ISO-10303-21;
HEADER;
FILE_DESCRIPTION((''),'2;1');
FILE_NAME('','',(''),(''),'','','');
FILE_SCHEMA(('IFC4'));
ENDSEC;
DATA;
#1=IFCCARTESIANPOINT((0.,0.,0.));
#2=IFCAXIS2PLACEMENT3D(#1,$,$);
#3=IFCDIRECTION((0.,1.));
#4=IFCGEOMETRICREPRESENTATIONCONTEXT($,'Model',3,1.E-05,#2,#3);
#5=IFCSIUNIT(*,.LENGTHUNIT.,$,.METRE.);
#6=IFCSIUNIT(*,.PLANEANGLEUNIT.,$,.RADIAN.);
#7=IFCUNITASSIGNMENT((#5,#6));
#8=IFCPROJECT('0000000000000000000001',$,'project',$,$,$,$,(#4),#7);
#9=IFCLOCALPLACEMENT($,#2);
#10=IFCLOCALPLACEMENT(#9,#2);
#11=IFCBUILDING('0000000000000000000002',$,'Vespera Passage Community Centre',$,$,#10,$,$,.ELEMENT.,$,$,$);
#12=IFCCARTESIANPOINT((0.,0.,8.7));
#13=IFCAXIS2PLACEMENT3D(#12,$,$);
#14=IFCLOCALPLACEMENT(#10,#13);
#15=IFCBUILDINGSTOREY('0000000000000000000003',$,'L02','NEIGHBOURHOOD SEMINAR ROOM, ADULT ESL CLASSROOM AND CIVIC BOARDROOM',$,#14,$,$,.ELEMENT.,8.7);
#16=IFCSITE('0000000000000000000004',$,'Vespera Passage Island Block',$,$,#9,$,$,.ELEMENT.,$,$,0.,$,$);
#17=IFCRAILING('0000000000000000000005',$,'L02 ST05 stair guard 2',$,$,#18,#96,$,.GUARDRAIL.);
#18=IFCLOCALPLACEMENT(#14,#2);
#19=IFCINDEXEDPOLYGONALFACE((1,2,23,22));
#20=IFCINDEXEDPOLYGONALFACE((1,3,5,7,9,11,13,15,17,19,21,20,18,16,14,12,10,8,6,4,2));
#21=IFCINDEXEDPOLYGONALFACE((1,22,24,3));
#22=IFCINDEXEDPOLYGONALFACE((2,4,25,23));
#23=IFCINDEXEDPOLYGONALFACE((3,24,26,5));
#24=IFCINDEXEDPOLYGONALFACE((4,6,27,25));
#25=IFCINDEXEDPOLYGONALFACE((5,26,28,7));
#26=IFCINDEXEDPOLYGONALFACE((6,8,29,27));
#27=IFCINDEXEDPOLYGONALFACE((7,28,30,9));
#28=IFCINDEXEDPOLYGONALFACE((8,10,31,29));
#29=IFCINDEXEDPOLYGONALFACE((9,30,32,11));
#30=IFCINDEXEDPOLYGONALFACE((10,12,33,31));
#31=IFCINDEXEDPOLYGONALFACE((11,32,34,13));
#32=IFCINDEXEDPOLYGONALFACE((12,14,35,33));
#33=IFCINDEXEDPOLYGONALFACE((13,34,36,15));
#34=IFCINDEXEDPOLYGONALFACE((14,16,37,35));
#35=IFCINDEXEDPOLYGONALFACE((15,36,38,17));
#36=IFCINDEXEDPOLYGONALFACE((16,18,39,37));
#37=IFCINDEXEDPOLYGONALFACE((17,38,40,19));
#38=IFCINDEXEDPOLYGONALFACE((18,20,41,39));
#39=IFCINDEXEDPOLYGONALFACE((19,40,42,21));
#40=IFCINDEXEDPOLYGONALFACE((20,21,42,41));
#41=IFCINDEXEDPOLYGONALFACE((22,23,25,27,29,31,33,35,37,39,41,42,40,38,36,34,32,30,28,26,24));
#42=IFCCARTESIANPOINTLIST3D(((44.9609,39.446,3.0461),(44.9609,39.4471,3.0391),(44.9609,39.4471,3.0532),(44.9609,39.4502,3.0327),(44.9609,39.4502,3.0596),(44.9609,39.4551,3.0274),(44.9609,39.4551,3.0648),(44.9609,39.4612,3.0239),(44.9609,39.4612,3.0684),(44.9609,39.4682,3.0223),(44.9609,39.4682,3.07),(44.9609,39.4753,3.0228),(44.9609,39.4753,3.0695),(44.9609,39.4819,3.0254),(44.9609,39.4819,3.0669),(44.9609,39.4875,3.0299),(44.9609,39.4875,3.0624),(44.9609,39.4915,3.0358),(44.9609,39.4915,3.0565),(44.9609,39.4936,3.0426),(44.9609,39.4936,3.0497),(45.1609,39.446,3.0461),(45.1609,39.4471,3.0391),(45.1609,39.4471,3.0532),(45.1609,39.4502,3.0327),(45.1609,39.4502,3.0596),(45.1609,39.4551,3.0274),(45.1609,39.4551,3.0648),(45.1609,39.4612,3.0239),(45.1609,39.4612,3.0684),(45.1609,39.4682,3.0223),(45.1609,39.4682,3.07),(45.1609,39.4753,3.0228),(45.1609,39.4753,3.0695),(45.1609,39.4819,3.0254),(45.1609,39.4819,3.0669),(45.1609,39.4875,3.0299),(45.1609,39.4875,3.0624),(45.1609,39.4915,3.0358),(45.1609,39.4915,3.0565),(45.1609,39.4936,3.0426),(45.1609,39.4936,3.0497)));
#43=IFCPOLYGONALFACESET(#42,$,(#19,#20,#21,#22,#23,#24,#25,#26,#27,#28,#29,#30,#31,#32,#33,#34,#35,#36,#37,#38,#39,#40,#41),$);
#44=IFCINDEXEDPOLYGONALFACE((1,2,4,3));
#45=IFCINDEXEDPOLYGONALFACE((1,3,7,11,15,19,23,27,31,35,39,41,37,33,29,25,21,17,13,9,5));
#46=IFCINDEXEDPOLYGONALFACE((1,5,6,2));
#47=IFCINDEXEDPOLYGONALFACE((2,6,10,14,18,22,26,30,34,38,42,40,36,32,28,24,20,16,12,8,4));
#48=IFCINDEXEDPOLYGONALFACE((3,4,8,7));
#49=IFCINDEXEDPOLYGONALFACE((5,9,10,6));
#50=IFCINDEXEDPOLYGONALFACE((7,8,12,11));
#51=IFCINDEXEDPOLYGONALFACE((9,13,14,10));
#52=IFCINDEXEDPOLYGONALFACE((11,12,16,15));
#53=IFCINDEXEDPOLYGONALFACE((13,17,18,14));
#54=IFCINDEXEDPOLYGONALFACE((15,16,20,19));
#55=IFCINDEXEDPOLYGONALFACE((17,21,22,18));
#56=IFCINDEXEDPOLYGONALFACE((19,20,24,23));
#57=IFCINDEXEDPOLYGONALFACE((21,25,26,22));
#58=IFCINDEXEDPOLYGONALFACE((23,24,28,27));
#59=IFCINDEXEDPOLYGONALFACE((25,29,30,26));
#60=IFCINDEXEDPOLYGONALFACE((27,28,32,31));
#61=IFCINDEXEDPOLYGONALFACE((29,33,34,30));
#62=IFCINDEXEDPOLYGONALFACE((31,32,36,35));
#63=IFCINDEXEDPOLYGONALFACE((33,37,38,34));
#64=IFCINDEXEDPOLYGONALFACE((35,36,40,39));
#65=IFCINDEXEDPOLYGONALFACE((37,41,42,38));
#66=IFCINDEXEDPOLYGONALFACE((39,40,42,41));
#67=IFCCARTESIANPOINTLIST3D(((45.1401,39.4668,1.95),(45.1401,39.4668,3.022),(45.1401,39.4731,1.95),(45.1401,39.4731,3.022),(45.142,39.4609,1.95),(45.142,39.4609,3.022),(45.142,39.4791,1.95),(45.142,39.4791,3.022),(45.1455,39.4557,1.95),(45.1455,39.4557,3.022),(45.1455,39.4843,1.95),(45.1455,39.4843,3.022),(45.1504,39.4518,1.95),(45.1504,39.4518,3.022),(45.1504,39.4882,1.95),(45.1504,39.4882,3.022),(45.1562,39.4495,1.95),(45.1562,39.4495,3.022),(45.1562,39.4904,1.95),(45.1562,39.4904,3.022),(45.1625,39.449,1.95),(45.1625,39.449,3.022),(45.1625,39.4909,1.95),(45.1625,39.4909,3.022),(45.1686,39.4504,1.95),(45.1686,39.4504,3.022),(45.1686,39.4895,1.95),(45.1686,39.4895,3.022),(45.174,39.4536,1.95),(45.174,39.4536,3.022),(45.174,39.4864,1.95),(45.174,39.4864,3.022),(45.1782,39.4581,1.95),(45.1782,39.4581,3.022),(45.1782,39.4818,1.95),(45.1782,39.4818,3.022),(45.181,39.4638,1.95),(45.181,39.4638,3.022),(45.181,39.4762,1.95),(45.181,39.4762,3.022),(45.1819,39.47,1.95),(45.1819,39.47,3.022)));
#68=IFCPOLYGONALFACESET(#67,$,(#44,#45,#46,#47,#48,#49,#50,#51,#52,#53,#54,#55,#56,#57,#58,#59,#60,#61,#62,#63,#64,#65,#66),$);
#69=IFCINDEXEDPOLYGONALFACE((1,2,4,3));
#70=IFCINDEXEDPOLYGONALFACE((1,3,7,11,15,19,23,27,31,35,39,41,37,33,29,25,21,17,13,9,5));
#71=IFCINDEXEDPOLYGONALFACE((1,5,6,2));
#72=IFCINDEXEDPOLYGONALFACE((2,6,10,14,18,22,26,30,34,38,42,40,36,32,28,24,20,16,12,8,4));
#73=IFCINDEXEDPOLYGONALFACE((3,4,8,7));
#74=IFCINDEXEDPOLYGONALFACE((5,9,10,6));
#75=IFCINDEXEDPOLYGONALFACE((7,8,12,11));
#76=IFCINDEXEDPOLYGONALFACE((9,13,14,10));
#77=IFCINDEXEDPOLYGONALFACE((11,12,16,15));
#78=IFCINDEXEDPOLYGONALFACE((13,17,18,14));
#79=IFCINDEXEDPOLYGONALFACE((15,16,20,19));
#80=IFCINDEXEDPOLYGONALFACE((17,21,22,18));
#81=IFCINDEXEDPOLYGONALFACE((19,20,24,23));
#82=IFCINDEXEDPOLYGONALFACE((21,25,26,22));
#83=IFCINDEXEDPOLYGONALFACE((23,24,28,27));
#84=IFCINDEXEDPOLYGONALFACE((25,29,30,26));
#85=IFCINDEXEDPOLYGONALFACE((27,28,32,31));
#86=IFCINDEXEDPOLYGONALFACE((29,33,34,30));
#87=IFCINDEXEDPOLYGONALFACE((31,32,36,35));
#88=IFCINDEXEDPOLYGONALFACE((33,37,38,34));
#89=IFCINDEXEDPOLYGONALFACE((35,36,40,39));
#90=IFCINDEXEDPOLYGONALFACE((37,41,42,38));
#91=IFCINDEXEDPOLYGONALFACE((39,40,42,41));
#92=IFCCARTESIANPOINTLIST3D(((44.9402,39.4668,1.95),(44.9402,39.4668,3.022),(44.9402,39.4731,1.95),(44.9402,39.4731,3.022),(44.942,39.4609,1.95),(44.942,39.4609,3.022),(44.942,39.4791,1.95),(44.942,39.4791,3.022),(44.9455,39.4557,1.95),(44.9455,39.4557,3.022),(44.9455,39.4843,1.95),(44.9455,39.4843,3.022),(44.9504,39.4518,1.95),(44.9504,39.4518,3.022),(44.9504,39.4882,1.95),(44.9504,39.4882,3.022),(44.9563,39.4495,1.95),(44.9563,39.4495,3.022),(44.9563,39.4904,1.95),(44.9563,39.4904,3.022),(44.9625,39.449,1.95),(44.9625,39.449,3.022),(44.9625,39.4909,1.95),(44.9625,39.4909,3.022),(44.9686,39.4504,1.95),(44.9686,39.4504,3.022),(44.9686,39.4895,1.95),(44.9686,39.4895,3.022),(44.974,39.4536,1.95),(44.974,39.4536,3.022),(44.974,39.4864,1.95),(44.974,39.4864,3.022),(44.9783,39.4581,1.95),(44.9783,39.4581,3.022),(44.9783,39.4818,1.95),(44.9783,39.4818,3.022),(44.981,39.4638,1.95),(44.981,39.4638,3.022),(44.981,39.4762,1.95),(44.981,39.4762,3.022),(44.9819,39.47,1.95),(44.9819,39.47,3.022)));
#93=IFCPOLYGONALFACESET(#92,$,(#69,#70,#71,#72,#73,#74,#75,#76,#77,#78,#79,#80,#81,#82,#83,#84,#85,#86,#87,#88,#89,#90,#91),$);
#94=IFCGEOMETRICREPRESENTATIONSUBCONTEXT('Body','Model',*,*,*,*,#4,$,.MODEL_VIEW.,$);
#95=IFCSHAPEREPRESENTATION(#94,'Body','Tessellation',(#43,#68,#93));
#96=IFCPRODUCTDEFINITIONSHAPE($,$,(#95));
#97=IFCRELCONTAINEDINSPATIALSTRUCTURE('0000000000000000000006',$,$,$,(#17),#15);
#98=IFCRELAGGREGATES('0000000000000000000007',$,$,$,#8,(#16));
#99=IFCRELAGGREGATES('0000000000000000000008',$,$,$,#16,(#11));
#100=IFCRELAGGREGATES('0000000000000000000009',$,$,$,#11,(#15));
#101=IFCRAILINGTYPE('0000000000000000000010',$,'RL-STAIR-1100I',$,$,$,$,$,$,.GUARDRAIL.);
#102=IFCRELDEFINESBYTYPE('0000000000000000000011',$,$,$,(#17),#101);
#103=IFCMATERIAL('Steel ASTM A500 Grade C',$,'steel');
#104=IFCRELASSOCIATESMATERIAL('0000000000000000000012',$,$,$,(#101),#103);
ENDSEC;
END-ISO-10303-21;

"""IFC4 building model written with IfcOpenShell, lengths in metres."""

from ifc_helpers import new_model, si_unit, direction, frame, origin, origin_2d, place, context, subcontext, project, spatial, circle, extrude, material, type_object, element, save


model = new_model("IFC4")

# Units and contexts
model_context = context("Model", 3, precision=1e-05, world=origin(), true_north=direction((0.0, 1.0)))
body_context = subcontext(model_context, "Body", "Model", "MODEL_VIEW")
ifc_project = project(units=[si_unit("LENGTHUNIT", "METRE"), si_unit("PLANEANGLEUNIT", "RADIAN")], contexts=[model_context])

# Site, building, storey
site_placement = place(None, origin())
site = spatial("IfcSite", under=ifc_project, at=site_placement, Name="Vespera Passage Island Block", CompositionType="ELEMENT", RefElevation=0.0)
building_placement = place(site_placement, origin())
building = spatial("IfcBuilding", under=site, at=building_placement, Name="Vespera Passage Community Centre", CompositionType="ELEMENT")
storey_placement = place(building_placement, frame((0.0, 0.0, 8.7)))
storey = spatial("IfcBuildingStorey", under=building, at=storey_placement, Name="L02", Description="NEIGHBOURHOOD SEMINAR ROOM, ADULT ESL CLASSROOM AND CIVIC BOARDROOM", CompositionType="ELEMENT", Elevation=8.7)

# Railing
ifc_material_1 = material(Name="Steel ASTM A500 Grade C", Category="steel")
railing_type_1 = type_object("IfcRailingType", Name="RL-STAIR-1100I", PredefinedType="GUARDRAIL", material=ifc_material_1)
railing_1_placement = place(storey_placement, frame((45.1609, 39.47, 1.95)))
element("IfcRailing", 1, at=railing_1_placement, inside=storey, type_object=railing_type_1, Name="L02 ST05 stair guard 2", PredefinedType="GUARDRAIL", context=body_context, shape_type="SweptSolid", body=[
    extrude(circle(Radius=0.0239, at=origin_2d()), frame((0.0, 0.0, 1.0962), z_axis=(-1.0, 0.0, 0.0), x_axis=(0.0, -1.0, 0.0)), (0.0, 0.0, 1.0), 0.2),
    extrude(circle(Radius=0.021, at=origin_2d()), origin(), (0.0, 0.0, 1.0), 1.072),
    extrude(circle(Radius=0.021, at=origin_2d()), frame((-0.2, 0.0, 0.0)), (0.0, 0.0, 1.0), 1.072),
])

save(model, "model.ifc")
